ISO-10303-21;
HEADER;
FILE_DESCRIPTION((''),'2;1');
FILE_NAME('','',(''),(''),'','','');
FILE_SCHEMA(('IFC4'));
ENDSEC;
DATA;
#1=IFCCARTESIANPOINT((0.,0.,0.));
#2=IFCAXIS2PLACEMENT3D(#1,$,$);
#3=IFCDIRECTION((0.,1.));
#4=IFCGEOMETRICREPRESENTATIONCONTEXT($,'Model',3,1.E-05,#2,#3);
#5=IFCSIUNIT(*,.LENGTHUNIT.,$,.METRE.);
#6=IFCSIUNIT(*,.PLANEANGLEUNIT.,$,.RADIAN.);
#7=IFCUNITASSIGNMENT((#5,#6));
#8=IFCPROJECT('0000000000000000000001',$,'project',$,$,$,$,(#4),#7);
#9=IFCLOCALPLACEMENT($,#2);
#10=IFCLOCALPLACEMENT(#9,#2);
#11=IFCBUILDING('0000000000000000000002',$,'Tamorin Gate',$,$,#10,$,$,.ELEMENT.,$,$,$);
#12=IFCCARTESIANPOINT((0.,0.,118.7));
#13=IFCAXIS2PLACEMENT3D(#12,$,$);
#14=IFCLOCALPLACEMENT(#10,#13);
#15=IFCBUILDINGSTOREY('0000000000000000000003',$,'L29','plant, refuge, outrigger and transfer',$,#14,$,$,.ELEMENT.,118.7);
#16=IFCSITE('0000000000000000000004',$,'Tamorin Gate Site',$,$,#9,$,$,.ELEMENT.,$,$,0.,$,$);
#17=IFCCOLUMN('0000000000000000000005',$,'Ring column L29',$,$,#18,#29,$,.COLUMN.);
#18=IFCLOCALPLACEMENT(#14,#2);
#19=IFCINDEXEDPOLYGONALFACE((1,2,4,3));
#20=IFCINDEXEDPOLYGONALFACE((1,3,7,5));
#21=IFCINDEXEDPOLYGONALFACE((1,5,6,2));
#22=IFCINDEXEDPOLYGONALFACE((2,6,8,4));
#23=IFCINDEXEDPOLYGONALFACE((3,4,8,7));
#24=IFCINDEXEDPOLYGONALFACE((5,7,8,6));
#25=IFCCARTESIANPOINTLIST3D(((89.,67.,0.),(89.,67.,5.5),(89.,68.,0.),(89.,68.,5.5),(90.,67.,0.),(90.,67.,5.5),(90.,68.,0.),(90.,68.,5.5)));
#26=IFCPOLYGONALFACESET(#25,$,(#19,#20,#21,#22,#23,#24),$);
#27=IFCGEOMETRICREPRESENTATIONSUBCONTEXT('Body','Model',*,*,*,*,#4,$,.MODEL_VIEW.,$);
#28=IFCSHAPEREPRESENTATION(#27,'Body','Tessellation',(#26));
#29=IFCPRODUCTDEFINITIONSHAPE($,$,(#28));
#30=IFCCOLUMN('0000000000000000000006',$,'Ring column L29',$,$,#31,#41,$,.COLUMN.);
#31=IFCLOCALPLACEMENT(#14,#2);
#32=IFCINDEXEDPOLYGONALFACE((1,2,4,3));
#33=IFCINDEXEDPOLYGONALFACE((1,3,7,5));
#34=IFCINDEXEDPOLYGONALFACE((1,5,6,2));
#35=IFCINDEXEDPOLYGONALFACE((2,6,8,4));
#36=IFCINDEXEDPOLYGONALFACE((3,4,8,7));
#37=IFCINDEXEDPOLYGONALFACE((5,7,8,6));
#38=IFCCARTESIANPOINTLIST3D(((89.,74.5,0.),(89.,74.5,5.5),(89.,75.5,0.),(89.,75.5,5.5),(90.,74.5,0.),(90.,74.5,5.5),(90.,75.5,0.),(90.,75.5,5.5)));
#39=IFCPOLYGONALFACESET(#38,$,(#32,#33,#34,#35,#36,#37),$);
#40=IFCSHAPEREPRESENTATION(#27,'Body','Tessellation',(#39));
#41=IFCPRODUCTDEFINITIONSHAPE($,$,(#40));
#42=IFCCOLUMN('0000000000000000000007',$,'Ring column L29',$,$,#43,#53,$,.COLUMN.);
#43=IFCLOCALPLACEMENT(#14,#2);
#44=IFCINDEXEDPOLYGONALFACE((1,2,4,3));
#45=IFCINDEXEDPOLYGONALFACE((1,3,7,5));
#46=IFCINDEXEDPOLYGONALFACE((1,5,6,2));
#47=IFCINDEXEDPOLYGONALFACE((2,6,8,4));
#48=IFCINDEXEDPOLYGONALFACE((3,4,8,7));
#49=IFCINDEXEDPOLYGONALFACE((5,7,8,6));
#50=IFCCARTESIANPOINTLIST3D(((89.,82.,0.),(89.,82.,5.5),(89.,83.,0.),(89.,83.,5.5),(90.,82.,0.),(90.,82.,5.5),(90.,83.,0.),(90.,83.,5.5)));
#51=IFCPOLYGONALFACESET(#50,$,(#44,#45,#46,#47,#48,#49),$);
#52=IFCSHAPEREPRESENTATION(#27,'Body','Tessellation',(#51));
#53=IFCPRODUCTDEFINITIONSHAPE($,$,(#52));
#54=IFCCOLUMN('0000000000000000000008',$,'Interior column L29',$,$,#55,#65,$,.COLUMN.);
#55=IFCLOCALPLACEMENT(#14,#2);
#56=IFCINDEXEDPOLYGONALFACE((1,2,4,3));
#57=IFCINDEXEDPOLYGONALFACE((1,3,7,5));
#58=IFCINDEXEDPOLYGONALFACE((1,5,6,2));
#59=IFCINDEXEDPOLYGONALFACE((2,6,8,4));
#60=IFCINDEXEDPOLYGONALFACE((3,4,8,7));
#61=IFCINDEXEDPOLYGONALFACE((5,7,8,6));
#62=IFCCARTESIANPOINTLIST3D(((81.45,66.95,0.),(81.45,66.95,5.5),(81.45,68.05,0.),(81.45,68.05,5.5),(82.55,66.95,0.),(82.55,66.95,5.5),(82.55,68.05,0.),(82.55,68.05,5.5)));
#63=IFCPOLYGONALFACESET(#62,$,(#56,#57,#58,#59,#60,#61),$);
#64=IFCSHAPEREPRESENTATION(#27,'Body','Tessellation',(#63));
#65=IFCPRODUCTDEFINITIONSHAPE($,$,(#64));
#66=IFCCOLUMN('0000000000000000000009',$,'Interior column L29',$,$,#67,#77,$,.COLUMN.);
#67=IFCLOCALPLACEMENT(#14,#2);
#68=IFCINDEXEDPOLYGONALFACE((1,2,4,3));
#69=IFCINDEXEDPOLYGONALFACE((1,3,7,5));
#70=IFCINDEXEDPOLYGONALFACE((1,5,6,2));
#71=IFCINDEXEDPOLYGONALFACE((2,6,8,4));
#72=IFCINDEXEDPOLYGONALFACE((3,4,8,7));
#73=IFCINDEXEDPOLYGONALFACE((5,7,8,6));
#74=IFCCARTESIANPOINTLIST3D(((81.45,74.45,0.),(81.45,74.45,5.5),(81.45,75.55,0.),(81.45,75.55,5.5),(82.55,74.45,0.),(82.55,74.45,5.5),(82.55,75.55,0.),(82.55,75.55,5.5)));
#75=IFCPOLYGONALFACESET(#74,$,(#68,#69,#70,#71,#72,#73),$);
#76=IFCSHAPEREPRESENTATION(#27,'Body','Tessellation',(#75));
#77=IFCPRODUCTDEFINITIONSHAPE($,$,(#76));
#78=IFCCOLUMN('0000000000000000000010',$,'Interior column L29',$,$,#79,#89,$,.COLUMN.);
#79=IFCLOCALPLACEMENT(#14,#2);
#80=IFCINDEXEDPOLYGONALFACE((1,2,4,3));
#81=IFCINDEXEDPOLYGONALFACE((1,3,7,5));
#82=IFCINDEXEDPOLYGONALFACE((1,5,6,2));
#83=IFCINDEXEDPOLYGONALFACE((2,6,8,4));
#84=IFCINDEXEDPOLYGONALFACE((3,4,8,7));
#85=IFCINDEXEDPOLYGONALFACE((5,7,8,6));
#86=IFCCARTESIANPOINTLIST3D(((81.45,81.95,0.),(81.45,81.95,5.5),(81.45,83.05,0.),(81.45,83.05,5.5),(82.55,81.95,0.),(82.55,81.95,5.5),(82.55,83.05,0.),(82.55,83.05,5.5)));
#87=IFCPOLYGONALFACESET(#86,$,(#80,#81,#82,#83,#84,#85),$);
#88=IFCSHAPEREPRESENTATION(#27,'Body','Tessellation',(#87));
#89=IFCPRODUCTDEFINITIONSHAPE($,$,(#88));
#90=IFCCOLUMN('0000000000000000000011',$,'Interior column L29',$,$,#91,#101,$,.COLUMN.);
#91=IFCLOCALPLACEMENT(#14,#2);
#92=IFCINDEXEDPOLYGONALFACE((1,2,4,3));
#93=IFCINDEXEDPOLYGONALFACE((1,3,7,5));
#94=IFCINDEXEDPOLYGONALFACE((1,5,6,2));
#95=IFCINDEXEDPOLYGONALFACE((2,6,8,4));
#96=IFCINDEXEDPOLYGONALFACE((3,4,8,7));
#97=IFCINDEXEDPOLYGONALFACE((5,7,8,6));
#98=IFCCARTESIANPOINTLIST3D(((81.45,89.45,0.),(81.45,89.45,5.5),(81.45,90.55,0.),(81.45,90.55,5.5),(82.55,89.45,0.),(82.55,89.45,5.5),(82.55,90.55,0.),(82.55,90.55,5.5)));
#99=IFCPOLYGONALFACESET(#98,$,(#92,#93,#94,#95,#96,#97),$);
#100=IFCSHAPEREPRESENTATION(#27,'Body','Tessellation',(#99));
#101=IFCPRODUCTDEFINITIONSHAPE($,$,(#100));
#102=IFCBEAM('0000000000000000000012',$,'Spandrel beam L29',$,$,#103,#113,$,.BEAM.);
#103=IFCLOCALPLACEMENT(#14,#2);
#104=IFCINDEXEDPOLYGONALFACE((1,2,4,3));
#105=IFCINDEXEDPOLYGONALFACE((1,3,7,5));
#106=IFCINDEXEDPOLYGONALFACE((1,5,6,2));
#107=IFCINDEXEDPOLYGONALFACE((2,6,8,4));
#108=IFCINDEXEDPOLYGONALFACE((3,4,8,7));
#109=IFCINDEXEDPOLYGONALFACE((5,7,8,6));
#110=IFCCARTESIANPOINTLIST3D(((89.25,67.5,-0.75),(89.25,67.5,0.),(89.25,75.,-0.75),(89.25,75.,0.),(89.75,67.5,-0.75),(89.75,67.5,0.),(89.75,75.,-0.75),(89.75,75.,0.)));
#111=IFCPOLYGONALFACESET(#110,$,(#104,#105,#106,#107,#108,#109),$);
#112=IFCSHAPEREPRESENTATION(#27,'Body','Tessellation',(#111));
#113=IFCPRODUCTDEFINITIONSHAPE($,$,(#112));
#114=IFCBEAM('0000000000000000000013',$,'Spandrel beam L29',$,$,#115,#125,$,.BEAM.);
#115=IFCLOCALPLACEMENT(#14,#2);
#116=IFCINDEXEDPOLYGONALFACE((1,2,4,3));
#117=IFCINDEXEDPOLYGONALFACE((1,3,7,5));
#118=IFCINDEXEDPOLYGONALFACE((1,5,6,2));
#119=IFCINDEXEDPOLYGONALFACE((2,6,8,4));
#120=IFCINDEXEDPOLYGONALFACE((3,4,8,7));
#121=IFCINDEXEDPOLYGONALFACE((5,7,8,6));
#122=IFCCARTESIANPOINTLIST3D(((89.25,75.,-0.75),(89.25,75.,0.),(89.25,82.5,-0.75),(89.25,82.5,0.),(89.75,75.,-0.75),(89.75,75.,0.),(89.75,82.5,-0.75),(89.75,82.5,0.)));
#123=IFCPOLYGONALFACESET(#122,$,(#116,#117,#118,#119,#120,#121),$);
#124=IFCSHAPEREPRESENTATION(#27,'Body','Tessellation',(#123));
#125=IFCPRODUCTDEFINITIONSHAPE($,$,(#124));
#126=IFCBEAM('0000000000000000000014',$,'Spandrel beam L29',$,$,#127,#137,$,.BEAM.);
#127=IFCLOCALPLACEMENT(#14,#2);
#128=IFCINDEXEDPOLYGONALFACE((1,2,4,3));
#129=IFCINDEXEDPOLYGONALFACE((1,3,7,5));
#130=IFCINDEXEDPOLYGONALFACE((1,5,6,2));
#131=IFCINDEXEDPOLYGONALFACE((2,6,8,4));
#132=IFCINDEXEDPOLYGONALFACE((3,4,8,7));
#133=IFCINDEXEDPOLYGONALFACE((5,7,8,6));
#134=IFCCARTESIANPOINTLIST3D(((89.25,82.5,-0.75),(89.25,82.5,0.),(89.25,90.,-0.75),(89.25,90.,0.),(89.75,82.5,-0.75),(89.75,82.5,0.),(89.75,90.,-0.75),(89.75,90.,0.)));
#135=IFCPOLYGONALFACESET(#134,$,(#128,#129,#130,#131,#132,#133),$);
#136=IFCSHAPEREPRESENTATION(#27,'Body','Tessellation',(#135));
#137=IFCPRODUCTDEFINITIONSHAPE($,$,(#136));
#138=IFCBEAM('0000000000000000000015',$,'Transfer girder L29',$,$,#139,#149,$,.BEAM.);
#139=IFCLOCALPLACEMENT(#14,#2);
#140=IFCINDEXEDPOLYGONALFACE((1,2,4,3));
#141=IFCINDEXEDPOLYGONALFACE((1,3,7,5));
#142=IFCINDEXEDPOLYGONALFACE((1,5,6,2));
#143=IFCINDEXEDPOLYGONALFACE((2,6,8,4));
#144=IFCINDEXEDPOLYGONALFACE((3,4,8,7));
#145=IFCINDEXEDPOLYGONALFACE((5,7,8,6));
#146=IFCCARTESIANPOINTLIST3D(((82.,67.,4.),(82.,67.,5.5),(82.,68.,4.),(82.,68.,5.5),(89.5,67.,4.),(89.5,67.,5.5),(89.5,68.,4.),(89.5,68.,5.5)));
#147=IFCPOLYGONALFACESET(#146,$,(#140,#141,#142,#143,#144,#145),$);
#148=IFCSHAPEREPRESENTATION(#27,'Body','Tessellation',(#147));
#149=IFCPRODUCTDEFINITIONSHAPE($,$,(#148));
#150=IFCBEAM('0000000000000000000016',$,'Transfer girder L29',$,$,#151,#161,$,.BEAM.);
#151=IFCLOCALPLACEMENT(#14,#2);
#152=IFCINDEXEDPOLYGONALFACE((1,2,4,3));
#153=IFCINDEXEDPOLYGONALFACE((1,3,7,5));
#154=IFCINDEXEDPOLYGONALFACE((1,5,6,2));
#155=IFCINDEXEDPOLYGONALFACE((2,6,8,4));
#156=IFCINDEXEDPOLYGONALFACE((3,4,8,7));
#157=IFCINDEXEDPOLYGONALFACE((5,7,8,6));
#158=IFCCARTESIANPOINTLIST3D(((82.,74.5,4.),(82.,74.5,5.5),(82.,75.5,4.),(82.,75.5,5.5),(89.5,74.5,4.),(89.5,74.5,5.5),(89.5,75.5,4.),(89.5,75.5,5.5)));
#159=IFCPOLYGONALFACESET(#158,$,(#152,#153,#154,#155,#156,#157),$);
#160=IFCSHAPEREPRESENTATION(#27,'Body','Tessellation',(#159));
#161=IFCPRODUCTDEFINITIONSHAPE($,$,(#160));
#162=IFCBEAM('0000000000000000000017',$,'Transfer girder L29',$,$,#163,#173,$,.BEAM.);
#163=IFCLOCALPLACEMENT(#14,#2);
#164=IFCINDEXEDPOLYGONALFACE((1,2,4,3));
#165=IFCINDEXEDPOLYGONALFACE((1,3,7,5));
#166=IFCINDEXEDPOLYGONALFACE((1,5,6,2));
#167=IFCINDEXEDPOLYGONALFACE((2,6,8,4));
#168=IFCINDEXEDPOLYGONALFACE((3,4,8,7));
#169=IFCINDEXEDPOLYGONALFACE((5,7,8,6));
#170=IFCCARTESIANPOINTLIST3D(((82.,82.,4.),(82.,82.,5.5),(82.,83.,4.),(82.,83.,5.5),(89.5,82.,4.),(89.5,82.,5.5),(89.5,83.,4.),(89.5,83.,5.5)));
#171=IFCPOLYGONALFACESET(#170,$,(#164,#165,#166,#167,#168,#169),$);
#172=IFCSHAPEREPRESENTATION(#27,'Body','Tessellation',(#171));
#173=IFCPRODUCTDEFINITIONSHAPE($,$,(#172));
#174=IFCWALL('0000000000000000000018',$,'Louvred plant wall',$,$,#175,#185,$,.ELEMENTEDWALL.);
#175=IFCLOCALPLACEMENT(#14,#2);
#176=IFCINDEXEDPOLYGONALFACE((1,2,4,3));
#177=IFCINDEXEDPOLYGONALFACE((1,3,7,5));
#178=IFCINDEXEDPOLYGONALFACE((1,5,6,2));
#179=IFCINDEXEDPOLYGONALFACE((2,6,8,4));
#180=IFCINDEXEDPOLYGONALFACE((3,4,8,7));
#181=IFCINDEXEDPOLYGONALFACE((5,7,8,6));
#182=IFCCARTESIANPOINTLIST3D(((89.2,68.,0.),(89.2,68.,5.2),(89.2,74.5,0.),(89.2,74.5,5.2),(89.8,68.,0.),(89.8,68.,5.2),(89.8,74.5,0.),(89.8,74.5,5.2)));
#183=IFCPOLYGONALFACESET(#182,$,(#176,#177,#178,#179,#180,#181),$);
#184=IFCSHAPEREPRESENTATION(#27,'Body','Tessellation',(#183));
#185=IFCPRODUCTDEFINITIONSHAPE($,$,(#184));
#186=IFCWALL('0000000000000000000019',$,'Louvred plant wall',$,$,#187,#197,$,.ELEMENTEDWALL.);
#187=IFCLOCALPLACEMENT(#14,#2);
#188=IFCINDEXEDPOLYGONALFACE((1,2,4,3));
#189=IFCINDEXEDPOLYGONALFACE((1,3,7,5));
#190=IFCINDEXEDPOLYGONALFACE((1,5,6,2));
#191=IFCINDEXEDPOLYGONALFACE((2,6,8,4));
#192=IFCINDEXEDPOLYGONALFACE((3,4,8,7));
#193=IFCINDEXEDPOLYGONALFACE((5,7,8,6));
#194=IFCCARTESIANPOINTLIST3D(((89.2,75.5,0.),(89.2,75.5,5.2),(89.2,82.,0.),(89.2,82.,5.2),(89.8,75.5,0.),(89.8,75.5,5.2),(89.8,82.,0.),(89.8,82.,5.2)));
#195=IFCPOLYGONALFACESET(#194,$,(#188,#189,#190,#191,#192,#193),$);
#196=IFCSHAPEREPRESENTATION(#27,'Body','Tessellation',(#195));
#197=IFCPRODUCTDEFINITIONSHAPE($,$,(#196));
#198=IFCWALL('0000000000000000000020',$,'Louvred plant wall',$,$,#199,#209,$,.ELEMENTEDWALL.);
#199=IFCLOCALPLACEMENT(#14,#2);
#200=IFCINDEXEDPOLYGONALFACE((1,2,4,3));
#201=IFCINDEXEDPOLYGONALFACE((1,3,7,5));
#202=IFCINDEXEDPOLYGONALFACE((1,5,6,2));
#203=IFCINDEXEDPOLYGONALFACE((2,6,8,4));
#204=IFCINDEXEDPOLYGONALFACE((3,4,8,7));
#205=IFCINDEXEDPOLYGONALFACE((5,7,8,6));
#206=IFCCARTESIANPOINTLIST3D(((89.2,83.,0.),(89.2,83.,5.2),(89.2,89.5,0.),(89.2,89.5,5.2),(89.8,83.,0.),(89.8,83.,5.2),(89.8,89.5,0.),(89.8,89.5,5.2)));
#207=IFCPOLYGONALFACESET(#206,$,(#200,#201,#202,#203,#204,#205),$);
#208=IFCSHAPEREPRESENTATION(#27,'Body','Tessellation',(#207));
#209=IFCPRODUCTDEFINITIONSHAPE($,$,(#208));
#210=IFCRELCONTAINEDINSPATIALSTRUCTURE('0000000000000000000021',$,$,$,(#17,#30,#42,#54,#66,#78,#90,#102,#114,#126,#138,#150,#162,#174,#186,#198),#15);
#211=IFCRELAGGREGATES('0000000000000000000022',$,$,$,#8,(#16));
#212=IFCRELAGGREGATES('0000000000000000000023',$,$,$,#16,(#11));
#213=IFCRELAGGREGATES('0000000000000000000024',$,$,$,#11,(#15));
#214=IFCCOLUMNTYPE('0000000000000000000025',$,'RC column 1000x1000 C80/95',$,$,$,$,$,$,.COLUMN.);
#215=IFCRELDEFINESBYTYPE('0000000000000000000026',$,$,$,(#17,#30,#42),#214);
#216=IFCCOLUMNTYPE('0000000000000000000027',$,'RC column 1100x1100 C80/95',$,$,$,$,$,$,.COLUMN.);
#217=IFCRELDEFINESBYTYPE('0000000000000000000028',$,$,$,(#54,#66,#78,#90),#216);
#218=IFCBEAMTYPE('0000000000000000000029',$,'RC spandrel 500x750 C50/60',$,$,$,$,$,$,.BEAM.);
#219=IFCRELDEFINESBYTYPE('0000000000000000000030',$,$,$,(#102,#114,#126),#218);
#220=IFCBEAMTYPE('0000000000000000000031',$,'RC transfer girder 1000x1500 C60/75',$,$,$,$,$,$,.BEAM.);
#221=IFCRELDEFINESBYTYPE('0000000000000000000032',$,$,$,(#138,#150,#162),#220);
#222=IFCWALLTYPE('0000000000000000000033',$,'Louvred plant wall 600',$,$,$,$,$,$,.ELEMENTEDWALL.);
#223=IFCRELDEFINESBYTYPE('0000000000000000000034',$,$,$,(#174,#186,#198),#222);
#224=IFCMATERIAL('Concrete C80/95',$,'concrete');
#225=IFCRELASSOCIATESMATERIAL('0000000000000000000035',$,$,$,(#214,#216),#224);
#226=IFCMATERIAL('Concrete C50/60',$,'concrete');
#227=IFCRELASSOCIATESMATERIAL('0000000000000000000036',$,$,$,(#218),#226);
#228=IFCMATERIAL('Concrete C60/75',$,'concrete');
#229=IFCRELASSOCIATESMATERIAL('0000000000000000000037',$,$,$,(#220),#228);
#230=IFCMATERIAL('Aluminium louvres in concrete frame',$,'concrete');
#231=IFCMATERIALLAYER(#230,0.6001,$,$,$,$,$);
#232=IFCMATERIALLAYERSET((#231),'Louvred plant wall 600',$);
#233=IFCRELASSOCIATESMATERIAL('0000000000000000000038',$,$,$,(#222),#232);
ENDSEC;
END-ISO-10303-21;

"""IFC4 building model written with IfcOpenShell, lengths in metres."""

from ifc_helpers import new_model, si_unit, direction, frame, frame_2d, origin, origin_2d, place, context, subcontext, project, spatial, rectangle, extrude, material, layer, layer_set, material_profile, profile_set, type_object, element, save


model = new_model("IFC4")

# Units and contexts
model_context = context("Model", 3, precision=1e-05, world=origin(), true_north=direction((0.0, 1.0)))
body_context = subcontext(model_context, "Body", "Model", "MODEL_VIEW")
ifc_project = project(units=[si_unit("LENGTHUNIT", "METRE"), si_unit("PLANEANGLEUNIT", "RADIAN")], contexts=[model_context])

# Site, building, storey
site_placement = place(None, origin())
site = spatial("IfcSite", under=ifc_project, at=site_placement, Name="Tamorin Gate Site", CompositionType="ELEMENT", RefElevation=0.0)
building_placement = place(site_placement, origin())
building = spatial("IfcBuilding", under=site, at=building_placement, Name="Tamorin Gate", CompositionType="ELEMENT")
storey_placement = place(building_placement, frame((0.0, 0.0, 118.7)))
storey = spatial("IfcBuildingStorey", under=building, at=storey_placement, Name="L29", Description="plant, refuge, outrigger and transfer", CompositionType="ELEMENT", Elevation=118.7)

# Columns
ifc_material_1 = material(Name="Concrete C80/95", Category="concrete")
ifc_material_profile_1 = material_profile(ifc_material_1, rectangle(XDim=1.0, YDim=1.0, at=origin_2d()), Name="RC 1000x1000")
ifc_profile_set_1 = profile_set([ifc_material_profile_1], Name="Concrete C80/95")
column_type_1 = type_object("IfcColumnType", Name="RC column 1000x1000 C80/95", PredefinedType="COLUMN", material=ifc_profile_set_1)
for number, where, z_axis, x_axis, name in (
    (1, (89.5, 67.5, 0.0), (0.0, 0.0, 1.0), (1.0, 0.0, 0.0), "Ring column L29"),
    (2, (89.5, 75.0, 0.0), (0.0, 0.0, 1.0), (1.0, 0.0, 0.0), "Ring column L29"),
    (3, (89.5, 82.5, 0.0), (0.0, 0.0, 1.0), (1.0, 0.0, 0.0), "Ring column L29"),
):
    element("IfcColumn", number, at=place(storey_placement, frame(where, z_axis=z_axis, x_axis=x_axis)), inside=storey, type_object=column_type_1, Name=name, PredefinedType="COLUMN", context=body_context, shape_type="SweptSolid", body=[
        extrude(rectangle(XDim=1.0, YDim=1.0, at=origin_2d()), origin(), (0.0, 0.0, 1.0), 5.5),
    ])
ifc_material_profile_2 = material_profile(ifc_material_1, rectangle(XDim=1.1001, YDim=1.1001, at=origin_2d()), Name="RC 1100x1100")
ifc_profile_set_2 = profile_set([ifc_material_profile_2], Name="Concrete C80/95")
column_type_2 = type_object("IfcColumnType", Name="RC column 1100x1100 C80/95", PredefinedType="COLUMN", material=ifc_profile_set_2)
for number, where, z_axis, x_axis, name in (
    (4, (82.0, 67.5, 0.0), (0.0, 0.0, 1.0), (1.0, 0.0, 0.0), "Interior column L29"),
    (5, (82.0, 75.0, 0.0), (0.0, 0.0, 1.0), (1.0, 0.0, 0.0), "Interior column L29"),
    (6, (82.0, 82.5, 0.0), (0.0, 0.0, 1.0), (1.0, 0.0, 0.0), "Interior column L29"),
    (7, (82.0, 90.0, 0.0), (0.0, 0.0, 1.0), (1.0, 0.0, 0.0), "Interior column L29"),
):
    element("IfcColumn", number, at=place(storey_placement, frame(where, z_axis=z_axis, x_axis=x_axis)), inside=storey, type_object=column_type_2, Name=name, PredefinedType="COLUMN", context=body_context, shape_type="SweptSolid", body=[
        extrude(rectangle(XDim=1.1001, YDim=1.1001, at=origin_2d()), origin(), (0.0, 0.0, 1.0), 5.5),
    ])

# Beams
ifc_material_2 = material(Name="Concrete C50/60", Category="concrete")
ifc_material_profile_3 = material_profile(ifc_material_2, rectangle(XDim=0.5, YDim=0.75, at=origin_2d()), Name="RC 500x750")
ifc_profile_set_3 = profile_set([ifc_material_profile_3], Name="Concrete C50/60")
beam_type_1 = type_object("IfcBeamType", Name="RC spandrel 500x750 C50/60", PredefinedType="BEAM", material=ifc_profile_set_3)
for number, where, z_axis, x_axis, name in (
    (8, (89.5, 67.5, -0.375), (0.0, 1.0, 0.0), (-1.0, 0.0, 0.0), "Spandrel beam L29"),
    (9, (89.5, 75.0, -0.375), (0.0, 1.0, 0.0), (-1.0, 0.0, 0.0), "Spandrel beam L29"),
    (10, (89.5, 82.5, -0.375), (0.0, 1.0, 0.0), (-1.0, 0.0, 0.0), "Spandrel beam L29"),
):
    element("IfcBeam", number, at=place(storey_placement, frame(where, z_axis=z_axis, x_axis=x_axis)), inside=storey, type_object=beam_type_1, Name=name, PredefinedType="BEAM", context=body_context, shape_type="SweptSolid", body=[
        extrude(rectangle(XDim=0.5, YDim=0.75, at=origin_2d()), origin(), (0.0, 0.0, 1.0), 7.5),
    ])
ifc_material_3 = material(Name="Concrete C60/75", Category="concrete")
ifc_material_profile_4 = material_profile(ifc_material_3, rectangle(XDim=1.0, YDim=1.5, at=origin_2d()), Name="RC 1000x1500")
ifc_profile_set_4 = profile_set([ifc_material_profile_4], Name="Concrete C60/75")
beam_type_2 = type_object("IfcBeamType", Name="RC transfer girder 1000x1500 C60/75", PredefinedType="BEAM", material=ifc_profile_set_4)
for number, where, z_axis, x_axis, name in (
    (11, (82.0, 67.5, 4.75), (1.0, 0.0, 0.0), (0.0, 1.0, 0.0), "Transfer girder L29"),
    (12, (82.0, 75.0, 4.75), (1.0, 0.0, 0.0), (0.0, 1.0, 0.0), "Transfer girder L29"),
    (13, (82.0, 82.5, 4.75), (1.0, 0.0, 0.0), (0.0, 1.0, 0.0), "Transfer girder L29"),
):
    element("IfcBeam", number, at=place(storey_placement, frame(where, z_axis=z_axis, x_axis=x_axis)), inside=storey, type_object=beam_type_2, Name=name, PredefinedType="BEAM", context=body_context, shape_type="SweptSolid", body=[
        extrude(rectangle(XDim=1.0, YDim=1.5, at=origin_2d()), origin(), (0.0, 0.0, 1.0), 7.5),
    ])

# Walls
ifc_material_4 = material(Name="Aluminium louvres in concrete frame", Category="concrete")
ifc_layer_1 = layer(ifc_material_4, 0.6001)
ifc_layer_set_1 = layer_set([ifc_layer_1], Name="Louvred plant wall 600")
wall_type_1 = type_object("IfcWallType", Name="Louvred plant wall 600", PredefinedType="ELEMENTEDWALL", material=ifc_layer_set_1)
for number, where, z_axis, x_axis, name in (
    (14, (89.5, 68.0, 0.0), (0.0, 0.0, 1.0), (0.0, 1.0, 0.0), "Louvred plant wall"),
    (15, (89.5, 75.5, 0.0), (0.0, 0.0, 1.0), (0.0, 1.0, 0.0), "Louvred plant wall"),
    (16, (89.5, 83.0, 0.0), (0.0, 0.0, 1.0), (0.0, 1.0, 0.0), "Louvred plant wall"),
):
    element("IfcWall", number, at=place(storey_placement, frame(where, z_axis=z_axis, x_axis=x_axis)), inside=storey, type_object=wall_type_1, Name=name, PredefinedType="ELEMENTEDWALL", context=body_context, shape_type="SweptSolid", body=[
        extrude(rectangle(XDim=6.5, YDim=0.6001, at=frame_2d((3.25, 0.0))), origin(), (0.0, 0.0, 1.0), 5.2),
    ])

save(model, "model.ifc")
